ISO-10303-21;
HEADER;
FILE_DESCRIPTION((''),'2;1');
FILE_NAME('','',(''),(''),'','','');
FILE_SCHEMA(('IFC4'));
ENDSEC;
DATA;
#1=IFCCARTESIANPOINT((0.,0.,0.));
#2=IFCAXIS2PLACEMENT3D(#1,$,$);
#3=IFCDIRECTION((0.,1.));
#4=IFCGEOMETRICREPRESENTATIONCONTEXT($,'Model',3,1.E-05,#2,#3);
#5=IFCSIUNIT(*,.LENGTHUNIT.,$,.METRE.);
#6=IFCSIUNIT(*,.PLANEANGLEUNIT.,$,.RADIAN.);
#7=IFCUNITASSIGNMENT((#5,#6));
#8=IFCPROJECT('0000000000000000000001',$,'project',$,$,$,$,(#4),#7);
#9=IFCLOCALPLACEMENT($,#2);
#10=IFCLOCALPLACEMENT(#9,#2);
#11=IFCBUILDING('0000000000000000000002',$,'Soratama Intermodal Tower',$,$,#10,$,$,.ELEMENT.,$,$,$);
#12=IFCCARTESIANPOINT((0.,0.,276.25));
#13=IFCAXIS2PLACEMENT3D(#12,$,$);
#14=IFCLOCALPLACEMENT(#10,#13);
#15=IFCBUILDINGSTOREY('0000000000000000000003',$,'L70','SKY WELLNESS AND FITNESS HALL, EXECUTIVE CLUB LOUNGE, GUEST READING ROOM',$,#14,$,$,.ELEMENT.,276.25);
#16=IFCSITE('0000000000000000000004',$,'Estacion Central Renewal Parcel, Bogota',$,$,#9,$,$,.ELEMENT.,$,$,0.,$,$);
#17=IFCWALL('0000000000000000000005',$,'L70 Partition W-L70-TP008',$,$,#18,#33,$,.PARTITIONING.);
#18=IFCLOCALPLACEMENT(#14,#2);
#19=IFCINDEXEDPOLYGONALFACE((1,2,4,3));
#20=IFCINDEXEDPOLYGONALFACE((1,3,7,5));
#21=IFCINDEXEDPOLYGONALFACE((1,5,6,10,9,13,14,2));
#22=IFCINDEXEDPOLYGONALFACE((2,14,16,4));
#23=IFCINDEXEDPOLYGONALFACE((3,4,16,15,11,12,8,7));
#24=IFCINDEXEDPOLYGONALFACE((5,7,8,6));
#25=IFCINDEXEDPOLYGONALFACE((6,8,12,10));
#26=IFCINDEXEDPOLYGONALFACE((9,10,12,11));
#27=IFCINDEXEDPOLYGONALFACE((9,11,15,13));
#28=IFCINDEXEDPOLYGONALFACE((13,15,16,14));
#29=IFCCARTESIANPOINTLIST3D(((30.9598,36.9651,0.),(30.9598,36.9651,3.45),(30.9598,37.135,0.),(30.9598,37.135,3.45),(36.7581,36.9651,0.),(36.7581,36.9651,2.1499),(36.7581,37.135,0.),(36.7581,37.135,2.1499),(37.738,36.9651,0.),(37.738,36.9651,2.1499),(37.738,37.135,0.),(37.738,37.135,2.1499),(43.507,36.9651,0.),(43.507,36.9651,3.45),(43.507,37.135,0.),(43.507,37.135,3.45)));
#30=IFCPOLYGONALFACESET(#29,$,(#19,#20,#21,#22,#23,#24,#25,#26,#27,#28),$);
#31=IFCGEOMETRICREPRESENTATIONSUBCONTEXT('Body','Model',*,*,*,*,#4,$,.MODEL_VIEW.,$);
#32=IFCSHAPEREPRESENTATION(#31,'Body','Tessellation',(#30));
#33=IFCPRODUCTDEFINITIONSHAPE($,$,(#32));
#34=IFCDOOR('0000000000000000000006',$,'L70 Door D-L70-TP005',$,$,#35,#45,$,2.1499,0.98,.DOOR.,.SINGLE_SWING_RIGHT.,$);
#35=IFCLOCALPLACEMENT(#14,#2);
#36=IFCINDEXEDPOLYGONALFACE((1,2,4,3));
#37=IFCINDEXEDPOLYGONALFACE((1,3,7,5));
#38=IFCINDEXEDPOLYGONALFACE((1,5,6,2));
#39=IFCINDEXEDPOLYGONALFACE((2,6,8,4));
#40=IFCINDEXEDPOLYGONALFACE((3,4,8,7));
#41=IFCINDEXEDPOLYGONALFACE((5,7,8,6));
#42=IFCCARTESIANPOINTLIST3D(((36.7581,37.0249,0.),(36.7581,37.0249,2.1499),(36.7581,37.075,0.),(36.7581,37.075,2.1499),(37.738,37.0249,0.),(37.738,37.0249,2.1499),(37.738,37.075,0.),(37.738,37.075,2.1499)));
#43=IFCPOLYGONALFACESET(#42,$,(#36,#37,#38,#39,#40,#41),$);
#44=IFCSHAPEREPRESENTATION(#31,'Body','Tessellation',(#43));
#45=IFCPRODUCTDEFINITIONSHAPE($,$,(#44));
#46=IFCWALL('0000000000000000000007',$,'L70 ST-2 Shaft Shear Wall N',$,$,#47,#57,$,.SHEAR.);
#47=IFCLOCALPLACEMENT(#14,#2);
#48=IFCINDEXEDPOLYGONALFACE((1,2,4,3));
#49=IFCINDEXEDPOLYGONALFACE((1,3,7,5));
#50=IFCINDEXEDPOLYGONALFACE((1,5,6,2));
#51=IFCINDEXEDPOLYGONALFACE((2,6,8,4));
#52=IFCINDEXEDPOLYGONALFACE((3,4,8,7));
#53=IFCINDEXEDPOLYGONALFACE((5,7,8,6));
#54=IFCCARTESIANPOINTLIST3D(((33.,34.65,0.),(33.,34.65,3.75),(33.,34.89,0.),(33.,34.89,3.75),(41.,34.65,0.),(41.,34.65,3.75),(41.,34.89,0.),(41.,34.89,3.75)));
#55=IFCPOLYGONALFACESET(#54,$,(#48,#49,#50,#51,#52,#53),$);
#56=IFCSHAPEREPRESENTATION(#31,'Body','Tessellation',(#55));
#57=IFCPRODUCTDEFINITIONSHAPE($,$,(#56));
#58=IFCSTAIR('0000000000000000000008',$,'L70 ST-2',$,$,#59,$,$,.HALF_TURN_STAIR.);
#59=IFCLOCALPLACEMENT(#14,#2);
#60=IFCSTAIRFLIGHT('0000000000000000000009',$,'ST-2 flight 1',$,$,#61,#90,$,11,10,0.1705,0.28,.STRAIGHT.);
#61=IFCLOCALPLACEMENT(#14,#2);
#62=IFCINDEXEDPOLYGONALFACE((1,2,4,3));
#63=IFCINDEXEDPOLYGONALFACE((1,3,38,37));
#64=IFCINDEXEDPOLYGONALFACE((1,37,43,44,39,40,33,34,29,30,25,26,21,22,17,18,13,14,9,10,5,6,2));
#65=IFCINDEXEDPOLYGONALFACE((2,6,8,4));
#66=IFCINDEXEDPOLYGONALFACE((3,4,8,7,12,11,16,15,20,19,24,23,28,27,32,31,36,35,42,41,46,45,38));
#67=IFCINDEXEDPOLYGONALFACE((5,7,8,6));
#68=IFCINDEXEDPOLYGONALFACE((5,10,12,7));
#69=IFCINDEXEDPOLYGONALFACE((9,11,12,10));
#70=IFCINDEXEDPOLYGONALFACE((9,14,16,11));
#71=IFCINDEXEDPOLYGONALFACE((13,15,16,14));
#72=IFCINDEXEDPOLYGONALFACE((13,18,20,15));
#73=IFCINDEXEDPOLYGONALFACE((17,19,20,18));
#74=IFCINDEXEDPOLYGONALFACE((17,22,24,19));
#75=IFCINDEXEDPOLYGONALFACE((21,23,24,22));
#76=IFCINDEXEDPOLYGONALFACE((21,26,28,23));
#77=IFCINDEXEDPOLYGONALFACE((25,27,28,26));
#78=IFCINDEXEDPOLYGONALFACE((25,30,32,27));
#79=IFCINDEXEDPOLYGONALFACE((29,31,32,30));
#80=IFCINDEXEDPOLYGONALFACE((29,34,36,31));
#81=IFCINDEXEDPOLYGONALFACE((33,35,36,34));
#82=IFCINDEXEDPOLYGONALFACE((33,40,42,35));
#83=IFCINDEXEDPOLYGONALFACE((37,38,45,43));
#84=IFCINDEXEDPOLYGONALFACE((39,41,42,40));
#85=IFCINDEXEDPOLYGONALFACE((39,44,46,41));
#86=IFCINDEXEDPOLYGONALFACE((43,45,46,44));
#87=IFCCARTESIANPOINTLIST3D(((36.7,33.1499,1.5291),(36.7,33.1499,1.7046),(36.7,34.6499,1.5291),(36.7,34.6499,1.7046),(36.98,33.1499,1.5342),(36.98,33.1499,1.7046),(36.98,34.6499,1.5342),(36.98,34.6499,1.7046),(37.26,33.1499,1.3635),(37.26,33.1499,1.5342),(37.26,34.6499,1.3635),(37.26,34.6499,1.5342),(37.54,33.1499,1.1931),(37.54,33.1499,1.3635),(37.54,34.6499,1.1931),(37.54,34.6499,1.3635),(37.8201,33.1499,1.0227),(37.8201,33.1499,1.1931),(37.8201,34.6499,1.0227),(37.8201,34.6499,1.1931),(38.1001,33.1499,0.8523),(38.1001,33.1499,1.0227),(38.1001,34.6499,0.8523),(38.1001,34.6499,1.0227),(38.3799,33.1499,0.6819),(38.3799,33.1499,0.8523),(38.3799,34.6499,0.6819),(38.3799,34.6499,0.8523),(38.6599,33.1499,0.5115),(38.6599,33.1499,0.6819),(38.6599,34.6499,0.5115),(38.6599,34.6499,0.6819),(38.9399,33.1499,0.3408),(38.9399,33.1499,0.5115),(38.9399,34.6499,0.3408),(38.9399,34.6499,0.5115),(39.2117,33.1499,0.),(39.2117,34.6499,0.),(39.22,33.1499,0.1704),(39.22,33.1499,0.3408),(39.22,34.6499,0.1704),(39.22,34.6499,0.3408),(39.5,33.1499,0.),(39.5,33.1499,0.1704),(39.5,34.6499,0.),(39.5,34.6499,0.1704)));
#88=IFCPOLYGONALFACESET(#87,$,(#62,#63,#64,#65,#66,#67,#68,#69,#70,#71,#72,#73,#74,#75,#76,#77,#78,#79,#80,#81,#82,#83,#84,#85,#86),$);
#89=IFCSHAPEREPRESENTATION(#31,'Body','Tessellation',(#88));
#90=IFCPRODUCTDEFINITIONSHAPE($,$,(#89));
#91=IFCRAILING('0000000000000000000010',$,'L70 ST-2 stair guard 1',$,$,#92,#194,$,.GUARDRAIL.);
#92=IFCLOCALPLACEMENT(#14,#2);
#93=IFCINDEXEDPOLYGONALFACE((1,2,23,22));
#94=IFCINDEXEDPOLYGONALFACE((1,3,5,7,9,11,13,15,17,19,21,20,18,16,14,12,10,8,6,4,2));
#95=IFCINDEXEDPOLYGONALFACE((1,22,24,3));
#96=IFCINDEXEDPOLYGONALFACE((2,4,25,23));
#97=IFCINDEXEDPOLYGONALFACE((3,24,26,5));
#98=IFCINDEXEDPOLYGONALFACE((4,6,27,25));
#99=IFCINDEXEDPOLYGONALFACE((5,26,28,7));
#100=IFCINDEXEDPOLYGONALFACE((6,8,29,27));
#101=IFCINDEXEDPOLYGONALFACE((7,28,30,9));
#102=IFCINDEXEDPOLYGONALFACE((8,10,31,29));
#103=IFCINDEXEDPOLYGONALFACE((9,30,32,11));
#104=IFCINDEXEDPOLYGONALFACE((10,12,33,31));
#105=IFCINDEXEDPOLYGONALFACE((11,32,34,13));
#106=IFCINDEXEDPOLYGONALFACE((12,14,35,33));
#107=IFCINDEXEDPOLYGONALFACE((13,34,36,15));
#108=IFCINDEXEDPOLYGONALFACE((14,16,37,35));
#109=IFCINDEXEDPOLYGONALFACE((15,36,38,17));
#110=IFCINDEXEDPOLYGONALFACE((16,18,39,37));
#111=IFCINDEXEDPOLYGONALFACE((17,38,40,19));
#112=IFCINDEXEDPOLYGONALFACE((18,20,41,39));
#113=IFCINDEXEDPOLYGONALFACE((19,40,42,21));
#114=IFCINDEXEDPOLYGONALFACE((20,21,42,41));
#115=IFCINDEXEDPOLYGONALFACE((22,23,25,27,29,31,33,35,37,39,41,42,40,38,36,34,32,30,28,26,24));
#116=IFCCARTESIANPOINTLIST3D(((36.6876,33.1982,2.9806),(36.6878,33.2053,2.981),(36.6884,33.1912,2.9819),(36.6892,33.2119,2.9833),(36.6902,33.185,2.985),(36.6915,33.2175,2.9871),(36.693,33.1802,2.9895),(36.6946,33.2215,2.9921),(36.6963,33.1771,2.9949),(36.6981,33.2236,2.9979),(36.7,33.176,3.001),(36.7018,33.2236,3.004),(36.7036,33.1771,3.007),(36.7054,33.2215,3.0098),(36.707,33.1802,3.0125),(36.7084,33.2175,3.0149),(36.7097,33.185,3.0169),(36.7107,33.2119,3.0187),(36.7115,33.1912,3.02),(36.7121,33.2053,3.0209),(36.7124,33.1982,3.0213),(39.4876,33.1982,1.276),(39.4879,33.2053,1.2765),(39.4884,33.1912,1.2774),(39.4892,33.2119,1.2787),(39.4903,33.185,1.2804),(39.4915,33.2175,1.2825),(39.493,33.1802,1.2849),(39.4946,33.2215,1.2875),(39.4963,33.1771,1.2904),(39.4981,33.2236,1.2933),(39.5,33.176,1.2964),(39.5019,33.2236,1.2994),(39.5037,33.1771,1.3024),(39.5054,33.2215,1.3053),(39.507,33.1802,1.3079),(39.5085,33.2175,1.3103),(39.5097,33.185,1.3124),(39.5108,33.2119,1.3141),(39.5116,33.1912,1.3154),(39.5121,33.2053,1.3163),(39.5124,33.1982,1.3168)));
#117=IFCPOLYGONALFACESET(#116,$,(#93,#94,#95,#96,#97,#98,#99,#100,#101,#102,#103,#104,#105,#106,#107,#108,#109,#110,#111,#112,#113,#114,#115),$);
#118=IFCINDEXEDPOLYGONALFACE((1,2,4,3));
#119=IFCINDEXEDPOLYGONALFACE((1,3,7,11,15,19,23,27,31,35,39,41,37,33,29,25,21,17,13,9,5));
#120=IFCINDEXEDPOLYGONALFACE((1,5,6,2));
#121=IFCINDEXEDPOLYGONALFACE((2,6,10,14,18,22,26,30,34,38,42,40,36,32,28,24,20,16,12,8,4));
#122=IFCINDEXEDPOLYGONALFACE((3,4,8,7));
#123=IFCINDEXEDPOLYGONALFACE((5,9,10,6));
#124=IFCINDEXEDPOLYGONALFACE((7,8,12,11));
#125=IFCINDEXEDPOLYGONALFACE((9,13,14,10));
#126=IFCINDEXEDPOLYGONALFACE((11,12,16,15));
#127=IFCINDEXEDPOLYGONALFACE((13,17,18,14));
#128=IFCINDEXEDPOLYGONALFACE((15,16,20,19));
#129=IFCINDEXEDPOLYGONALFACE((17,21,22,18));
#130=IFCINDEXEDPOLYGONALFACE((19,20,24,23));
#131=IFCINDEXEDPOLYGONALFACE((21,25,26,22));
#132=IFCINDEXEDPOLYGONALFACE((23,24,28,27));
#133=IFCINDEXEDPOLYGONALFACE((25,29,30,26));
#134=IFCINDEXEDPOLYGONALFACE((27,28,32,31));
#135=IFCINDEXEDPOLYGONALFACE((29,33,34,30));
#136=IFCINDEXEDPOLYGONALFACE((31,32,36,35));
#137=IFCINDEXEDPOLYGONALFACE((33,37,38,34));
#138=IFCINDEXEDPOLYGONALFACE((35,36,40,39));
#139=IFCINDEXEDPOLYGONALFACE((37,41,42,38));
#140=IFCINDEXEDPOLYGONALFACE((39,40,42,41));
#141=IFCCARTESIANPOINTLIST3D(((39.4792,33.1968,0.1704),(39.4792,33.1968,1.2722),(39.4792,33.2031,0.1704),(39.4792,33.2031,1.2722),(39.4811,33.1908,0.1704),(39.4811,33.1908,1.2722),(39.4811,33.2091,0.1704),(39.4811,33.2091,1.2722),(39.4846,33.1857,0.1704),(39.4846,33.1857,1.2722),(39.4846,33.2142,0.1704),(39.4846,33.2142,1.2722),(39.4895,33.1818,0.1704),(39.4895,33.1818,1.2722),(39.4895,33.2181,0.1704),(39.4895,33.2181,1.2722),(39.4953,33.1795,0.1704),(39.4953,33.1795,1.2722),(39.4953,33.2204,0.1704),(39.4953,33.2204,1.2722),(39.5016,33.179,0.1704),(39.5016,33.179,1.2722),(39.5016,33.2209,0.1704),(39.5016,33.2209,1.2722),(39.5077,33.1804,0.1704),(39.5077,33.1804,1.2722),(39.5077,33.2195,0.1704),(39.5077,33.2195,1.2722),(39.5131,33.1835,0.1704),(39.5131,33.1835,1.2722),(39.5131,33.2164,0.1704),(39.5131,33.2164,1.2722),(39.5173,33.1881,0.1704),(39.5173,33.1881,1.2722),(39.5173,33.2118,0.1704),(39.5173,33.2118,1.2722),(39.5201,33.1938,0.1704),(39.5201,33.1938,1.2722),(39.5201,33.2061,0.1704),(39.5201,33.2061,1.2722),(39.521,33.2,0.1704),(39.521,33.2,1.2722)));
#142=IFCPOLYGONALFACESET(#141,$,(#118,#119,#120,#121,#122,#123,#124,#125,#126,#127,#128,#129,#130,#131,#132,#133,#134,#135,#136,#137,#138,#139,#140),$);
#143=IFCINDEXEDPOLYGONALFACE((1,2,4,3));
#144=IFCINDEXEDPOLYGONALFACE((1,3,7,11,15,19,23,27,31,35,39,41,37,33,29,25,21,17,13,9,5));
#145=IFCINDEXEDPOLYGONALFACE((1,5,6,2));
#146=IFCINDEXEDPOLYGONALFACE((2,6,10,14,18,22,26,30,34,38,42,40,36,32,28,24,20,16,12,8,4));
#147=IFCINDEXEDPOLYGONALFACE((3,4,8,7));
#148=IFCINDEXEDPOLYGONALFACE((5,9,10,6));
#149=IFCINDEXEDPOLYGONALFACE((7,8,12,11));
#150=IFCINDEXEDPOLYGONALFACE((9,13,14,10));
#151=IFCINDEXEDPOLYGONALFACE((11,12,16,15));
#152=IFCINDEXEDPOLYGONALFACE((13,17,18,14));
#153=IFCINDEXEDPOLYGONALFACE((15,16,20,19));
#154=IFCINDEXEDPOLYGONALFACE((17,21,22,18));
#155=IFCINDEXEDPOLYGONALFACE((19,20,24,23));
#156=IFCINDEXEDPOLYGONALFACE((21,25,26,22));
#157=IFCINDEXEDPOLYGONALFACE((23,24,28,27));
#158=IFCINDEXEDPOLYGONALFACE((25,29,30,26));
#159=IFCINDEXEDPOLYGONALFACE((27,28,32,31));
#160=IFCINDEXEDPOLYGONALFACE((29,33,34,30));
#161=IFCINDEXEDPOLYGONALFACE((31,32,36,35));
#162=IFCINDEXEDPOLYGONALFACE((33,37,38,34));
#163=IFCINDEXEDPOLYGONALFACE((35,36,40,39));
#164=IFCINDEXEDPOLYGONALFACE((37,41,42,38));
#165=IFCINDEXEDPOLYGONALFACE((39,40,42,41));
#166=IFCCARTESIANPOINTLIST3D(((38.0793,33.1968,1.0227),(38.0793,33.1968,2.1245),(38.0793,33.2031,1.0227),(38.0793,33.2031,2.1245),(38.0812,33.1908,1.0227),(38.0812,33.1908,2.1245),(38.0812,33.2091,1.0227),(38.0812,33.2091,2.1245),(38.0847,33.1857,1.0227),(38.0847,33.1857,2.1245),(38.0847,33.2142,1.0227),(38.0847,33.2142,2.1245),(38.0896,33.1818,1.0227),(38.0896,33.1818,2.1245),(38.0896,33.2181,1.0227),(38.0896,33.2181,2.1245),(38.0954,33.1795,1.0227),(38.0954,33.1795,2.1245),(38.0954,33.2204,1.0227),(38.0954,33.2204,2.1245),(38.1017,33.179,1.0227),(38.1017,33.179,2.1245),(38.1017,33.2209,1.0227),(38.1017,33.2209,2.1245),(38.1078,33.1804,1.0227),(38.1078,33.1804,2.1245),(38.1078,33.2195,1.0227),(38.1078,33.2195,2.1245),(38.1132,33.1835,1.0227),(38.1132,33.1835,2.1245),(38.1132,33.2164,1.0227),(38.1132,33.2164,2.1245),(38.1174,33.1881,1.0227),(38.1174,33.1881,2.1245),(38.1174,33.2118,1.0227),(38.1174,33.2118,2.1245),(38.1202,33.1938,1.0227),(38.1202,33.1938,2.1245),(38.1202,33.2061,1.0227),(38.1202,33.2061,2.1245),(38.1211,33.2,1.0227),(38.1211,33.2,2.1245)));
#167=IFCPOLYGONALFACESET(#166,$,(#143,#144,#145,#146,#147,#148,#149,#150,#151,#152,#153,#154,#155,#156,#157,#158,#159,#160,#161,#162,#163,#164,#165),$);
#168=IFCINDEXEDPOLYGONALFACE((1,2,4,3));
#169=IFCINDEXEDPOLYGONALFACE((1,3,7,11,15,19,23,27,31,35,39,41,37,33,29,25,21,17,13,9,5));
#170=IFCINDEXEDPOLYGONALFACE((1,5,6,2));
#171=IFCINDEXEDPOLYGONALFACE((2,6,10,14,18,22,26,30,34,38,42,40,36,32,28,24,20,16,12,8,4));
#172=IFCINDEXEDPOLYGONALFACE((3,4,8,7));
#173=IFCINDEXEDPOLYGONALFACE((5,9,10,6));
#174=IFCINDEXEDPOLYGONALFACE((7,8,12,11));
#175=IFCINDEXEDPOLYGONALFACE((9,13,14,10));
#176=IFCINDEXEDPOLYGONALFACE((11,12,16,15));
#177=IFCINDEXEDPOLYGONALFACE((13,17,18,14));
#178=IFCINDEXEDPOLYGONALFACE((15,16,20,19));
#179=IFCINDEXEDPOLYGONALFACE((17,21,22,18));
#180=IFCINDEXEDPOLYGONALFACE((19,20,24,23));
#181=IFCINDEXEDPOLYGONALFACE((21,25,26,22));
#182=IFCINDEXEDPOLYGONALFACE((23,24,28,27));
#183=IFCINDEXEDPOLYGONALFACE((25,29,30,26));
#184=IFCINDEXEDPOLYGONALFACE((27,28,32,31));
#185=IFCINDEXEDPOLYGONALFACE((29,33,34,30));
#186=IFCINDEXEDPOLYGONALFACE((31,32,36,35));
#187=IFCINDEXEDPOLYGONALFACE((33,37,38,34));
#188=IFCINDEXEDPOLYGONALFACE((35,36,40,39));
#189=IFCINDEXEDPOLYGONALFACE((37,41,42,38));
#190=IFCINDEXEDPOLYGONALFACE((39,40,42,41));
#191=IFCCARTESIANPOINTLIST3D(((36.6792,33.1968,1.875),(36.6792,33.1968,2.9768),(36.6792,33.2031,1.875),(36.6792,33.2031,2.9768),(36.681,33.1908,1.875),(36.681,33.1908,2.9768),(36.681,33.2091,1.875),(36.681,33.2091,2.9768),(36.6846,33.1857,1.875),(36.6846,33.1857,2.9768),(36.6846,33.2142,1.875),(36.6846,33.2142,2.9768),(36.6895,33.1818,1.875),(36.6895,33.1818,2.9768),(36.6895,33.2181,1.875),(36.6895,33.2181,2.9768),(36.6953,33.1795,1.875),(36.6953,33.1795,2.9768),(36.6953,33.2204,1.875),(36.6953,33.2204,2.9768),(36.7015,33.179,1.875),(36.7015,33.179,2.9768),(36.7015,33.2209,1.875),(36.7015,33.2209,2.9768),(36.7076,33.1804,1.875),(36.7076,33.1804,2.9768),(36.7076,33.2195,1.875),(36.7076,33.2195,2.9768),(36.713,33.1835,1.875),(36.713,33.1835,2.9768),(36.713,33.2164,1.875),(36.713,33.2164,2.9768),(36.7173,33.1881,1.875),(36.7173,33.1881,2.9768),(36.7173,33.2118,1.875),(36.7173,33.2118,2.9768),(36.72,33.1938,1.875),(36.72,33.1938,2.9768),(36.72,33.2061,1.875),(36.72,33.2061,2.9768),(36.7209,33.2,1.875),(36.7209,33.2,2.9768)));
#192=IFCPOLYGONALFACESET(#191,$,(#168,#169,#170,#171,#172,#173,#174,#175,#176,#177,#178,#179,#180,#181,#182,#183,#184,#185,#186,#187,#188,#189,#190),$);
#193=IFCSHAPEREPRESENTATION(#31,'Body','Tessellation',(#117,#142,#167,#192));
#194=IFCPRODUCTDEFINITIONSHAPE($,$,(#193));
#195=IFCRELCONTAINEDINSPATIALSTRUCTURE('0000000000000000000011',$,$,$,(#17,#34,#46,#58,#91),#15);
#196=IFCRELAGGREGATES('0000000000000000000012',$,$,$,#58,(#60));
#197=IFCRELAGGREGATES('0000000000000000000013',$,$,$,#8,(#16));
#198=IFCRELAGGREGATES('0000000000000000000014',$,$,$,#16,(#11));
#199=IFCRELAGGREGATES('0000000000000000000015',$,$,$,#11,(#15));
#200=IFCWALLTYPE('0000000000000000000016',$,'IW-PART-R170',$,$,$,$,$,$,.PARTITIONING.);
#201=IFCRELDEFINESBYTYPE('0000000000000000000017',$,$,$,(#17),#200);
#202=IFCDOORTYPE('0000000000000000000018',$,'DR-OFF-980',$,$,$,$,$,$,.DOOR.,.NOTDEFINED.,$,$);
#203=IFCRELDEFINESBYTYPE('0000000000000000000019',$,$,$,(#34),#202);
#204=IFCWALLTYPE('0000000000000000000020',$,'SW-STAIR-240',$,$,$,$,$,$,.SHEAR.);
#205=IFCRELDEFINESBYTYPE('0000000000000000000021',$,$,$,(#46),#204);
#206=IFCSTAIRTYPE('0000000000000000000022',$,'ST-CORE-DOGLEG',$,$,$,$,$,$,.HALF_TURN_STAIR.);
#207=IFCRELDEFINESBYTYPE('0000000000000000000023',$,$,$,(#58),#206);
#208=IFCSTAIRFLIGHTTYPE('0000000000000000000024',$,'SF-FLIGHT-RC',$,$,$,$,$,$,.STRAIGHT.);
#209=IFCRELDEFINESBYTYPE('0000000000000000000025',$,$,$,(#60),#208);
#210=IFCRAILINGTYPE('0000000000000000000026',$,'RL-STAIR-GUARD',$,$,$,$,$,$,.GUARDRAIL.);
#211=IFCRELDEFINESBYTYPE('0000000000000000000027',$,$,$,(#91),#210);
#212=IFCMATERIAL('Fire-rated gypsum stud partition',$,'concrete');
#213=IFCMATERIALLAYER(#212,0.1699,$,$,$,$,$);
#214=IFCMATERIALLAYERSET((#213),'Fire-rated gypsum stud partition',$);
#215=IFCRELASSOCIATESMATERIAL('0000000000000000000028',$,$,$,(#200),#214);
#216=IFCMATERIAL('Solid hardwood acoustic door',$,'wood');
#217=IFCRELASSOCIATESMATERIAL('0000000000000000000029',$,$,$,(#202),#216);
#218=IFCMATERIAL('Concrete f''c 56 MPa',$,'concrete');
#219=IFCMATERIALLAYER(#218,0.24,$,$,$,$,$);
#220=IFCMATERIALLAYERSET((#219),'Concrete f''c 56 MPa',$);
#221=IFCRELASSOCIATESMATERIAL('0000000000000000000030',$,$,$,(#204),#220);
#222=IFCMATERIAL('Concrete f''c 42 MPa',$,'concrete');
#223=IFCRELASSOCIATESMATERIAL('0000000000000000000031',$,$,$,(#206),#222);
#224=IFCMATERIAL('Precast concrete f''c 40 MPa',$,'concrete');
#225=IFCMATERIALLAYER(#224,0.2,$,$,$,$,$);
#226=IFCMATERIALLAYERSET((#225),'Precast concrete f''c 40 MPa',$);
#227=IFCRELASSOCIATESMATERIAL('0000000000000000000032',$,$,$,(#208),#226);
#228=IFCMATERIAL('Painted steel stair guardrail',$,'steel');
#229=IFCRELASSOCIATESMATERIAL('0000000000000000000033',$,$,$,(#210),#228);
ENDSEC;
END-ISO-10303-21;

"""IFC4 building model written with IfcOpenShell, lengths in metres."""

from ifc_helpers import new_model, si_unit, direction, frame, frame_2d, origin, origin_2d, place, context, subcontext, project, spatial, polyline, rectangle, circle, outline, extrude, material, layer, layer_set, type_object, element, fill, aggregate, save


model = new_model("IFC4")

# Units and contexts
model_context = context("Model", 3, precision=1e-05, world=origin(), true_north=direction((0.0, 1.0)))
body_context = subcontext(model_context, "Body", "Model", "MODEL_VIEW")
ifc_project = project(units=[si_unit("LENGTHUNIT", "METRE"), si_unit("PLANEANGLEUNIT", "RADIAN")], contexts=[model_context])

# Site, building, storey
site_placement = place(None, origin())
site = spatial("IfcSite", under=ifc_project, at=site_placement, Name="Estacion Central Renewal Parcel, Bogota", CompositionType="ELEMENT", RefElevation=0.0)
building_placement = place(site_placement, origin())
building = spatial("IfcBuilding", under=site, at=building_placement, Name="Soratama Intermodal Tower", CompositionType="ELEMENT")
storey_placement = place(building_placement, frame((0.0, 0.0, 276.25)))
storey = spatial("IfcBuildingStorey", under=building, at=storey_placement, Name="L70", Description="SKY WELLNESS AND FITNESS HALL, EXECUTIVE CLUB LOUNGE, GUEST READING ROOM", CompositionType="ELEMENT", Elevation=276.25)

# Wall, opening, door
ifc_material_1 = material(Name="Fire-rated gypsum stud partition", Category="concrete")
ifc_layer_1 = layer(ifc_material_1, 0.1699)
ifc_layer_set_1 = layer_set([ifc_layer_1], Name="Fire-rated gypsum stud partition")
wall_type_1 = type_object("IfcWallType", Name="IW-PART-R170", PredefinedType="PARTITIONING", material=ifc_layer_set_1)
wall_1_placement = place(storey_placement, frame((30.96, 37.05, 0.0), z_axis=(0.0, 0.0, 1.0), x_axis=(1.0, 0.0, 0.0)))
wall_1 = element("IfcWall", 1, at=wall_1_placement, inside=storey, type_object=wall_type_1, Name="L70 Partition W-L70-TP008", PredefinedType="PARTITIONING", context=body_context, shape_type="SweptSolid", body=[
    extrude(rectangle(XDim=12.5471, YDim=0.1699, at=frame_2d((6.2734, 0.0))), origin(), (0.0, 0.0, 1.0), 3.45),
])
opening_placement = place(wall_1_placement, frame((5.7981, 0.0, 0.0)))
opening = element("IfcOpeningElement", 2, at=opening_placement, cuts=wall_1, PredefinedType="OPENING", context=body_context, shape_type="SweptSolid", body=[
    extrude(rectangle(XDim=0.98, YDim=2.1499, at=frame_2d((0.49, 1.075))), frame((0.0, 0.095, 0.0), z_axis=(0.0, -1.0, 0.0), x_axis=(1.0, 0.0, 0.0)), (0.0, 0.0, 1.0), 0.1899),
])
ifc_material_2 = material(Name="Solid hardwood acoustic door", Category="wood")
door_type = type_object("IfcDoorType", Name="DR-OFF-980", OperationType="NOTDEFINED", PredefinedType="DOOR", material=ifc_material_2)
door_placement = place(opening_placement, origin())
door = element("IfcDoor", 3, at=door_placement, inside=storey, type_object=door_type, Name="L70 Door D-L70-TP005", OperationType="SINGLE_SWING_RIGHT", OverallHeight=2.1499, OverallWidth=0.98, PredefinedType="DOOR", context=body_context, shape_type="SweptSolid", body=[
    extrude(rectangle(XDim=0.98, YDim=2.1499, at=frame_2d((0.49, 1.075))), frame((0.0, 0.0249, 0.0), z_axis=(0.0, -1.0, 0.0), x_axis=(1.0, 0.0, 0.0)), (0.0, 0.0, 1.0), 0.05),
])
fill(opening, door)

# Wall
ifc_material_3 = material(Name="Concrete f'c 56 MPa", Category="concrete")
ifc_layer_2 = layer(ifc_material_3, 0.24)
ifc_layer_set_2 = layer_set([ifc_layer_2], Name="Concrete f'c 56 MPa")
wall_type_2 = type_object("IfcWallType", Name="SW-STAIR-240", PredefinedType="SHEAR", material=ifc_layer_set_2)
wall_2_placement = place(storey_placement, frame((33.0, 34.77, 0.0), z_axis=(0.0, 0.0, 1.0), x_axis=(1.0, 0.0, 0.0)))
element("IfcWall", 4, at=wall_2_placement, inside=storey, type_object=wall_type_2, Name="L70 ST-2 Shaft Shear Wall N", PredefinedType="SHEAR", context=body_context, shape_type="SweptSolid", body=[
    extrude(rectangle(XDim=8.0, YDim=0.24, at=frame_2d((4.0, 0.0))), origin(), (0.0, 0.0, 1.0), 3.75),
])

# Stair, stair flight
ifc_material_4 = material(Name="Concrete f'c 42 MPa", Category="concrete")
stair_type = type_object("IfcStairType", Name="ST-CORE-DOGLEG", PredefinedType="HALF_TURN_STAIR", material=ifc_material_4)
stair_placement = place(storey_placement, origin())
stair = element("IfcStair", 5, at=stair_placement, inside=storey, type_object=stair_type, Name="L70 ST-2", PredefinedType="HALF_TURN_STAIR")
ifc_material_5 = material(Name="Precast concrete f'c 40 MPa", Category="concrete")
ifc_layer_3 = layer(ifc_material_5, 0.2)
ifc_layer_set_3 = layer_set([ifc_layer_3], Name="Precast concrete f'c 40 MPa")
stair_flight_type = type_object("IfcStairFlightType", Name="SF-FLIGHT-RC", PredefinedType="STRAIGHT", material=ifc_layer_set_3)
stair_flight_placement = place(storey_placement, frame((39.5, 33.8999, 0.0), z_axis=(0.0, 0.0, 1.0), x_axis=(-1.0, 0.0, 0.0)))
stair_flight = element("IfcStairFlight", 6, at=stair_flight_placement, type_object=stair_flight_type, Name="ST-2 flight 1", NumberOfRisers=11, NumberOfTreads=10, PredefinedType="STRAIGHT", RiserHeight=0.1705, TreadLength=0.28, context=body_context, shape_type="SweptSolid", body=[
    extrude(outline(polyline([(0.0, 0.0), (0.0, 0.1704), (0.28, 0.1704), (0.28, 0.3408), (0.5601, 0.3408), (0.5601, 0.5115), (0.8401, 0.5115), (0.8401, 0.6819), (1.1201, 0.6819), (1.1201, 0.8523), (1.3999, 0.8523), (1.3999, 1.0227), (1.6799, 1.0227), (1.6799, 1.1931), (1.96, 1.1931), (1.96, 1.3635), (2.24, 1.3635), (2.24, 1.5342), (2.52, 1.5342), (2.52, 1.7046), (2.8, 1.7046), (2.8, 1.875), (2.8, 1.5291), (0.2883, 0.0), (0.0, 0.0)])), frame((0.0, 0.75, 0.0), z_axis=(0.0, -1.0, 0.0), x_axis=(1.0, 0.0, 0.0)), (0.0, 0.0, 1.0), 1.5),
])
aggregate(stair, [stair_flight])

# Railing
ifc_material_6 = material(Name="Painted steel stair guardrail", Category="steel")
railing_type_1 = type_object("IfcRailingType", Name="RL-STAIR-GUARD", PredefinedType="GUARDRAIL", material=ifc_material_6)
railing_1_placement = place(storey_placement, frame((39.5, 33.2, 0.1704)))
element("IfcRailing", 7, at=railing_1_placement, inside=storey, type_object=railing_type_1, Name="L70 ST-2 stair guard 1", PredefinedType="GUARDRAIL", context=body_context, shape_type="SweptSolid", body=[
    extrude(circle(Radius=0.0239, at=origin_2d()), frame((0.0, 0.0, 1.126), z_axis=(-0.85417, 0.0, 0.519994), x_axis=(0.0, -1.0, 0.0)), (0.0, 0.0, 1.0), 3.2781),
    extrude(circle(Radius=0.021, at=origin_2d()), origin(), (0.0, 0.0, 1.0), 1.1018),
    extrude(circle(Radius=0.021, at=origin_2d()), frame((-1.3999, 0.0, 0.8523)), (0.0, 0.0, 1.0), 1.1018),
    extrude(circle(Radius=0.021, at=origin_2d()), frame((-2.8, 0.0, 1.7046)), (0.0, 0.0, 1.0), 1.1018),
])

save(model, "model.ifc")
